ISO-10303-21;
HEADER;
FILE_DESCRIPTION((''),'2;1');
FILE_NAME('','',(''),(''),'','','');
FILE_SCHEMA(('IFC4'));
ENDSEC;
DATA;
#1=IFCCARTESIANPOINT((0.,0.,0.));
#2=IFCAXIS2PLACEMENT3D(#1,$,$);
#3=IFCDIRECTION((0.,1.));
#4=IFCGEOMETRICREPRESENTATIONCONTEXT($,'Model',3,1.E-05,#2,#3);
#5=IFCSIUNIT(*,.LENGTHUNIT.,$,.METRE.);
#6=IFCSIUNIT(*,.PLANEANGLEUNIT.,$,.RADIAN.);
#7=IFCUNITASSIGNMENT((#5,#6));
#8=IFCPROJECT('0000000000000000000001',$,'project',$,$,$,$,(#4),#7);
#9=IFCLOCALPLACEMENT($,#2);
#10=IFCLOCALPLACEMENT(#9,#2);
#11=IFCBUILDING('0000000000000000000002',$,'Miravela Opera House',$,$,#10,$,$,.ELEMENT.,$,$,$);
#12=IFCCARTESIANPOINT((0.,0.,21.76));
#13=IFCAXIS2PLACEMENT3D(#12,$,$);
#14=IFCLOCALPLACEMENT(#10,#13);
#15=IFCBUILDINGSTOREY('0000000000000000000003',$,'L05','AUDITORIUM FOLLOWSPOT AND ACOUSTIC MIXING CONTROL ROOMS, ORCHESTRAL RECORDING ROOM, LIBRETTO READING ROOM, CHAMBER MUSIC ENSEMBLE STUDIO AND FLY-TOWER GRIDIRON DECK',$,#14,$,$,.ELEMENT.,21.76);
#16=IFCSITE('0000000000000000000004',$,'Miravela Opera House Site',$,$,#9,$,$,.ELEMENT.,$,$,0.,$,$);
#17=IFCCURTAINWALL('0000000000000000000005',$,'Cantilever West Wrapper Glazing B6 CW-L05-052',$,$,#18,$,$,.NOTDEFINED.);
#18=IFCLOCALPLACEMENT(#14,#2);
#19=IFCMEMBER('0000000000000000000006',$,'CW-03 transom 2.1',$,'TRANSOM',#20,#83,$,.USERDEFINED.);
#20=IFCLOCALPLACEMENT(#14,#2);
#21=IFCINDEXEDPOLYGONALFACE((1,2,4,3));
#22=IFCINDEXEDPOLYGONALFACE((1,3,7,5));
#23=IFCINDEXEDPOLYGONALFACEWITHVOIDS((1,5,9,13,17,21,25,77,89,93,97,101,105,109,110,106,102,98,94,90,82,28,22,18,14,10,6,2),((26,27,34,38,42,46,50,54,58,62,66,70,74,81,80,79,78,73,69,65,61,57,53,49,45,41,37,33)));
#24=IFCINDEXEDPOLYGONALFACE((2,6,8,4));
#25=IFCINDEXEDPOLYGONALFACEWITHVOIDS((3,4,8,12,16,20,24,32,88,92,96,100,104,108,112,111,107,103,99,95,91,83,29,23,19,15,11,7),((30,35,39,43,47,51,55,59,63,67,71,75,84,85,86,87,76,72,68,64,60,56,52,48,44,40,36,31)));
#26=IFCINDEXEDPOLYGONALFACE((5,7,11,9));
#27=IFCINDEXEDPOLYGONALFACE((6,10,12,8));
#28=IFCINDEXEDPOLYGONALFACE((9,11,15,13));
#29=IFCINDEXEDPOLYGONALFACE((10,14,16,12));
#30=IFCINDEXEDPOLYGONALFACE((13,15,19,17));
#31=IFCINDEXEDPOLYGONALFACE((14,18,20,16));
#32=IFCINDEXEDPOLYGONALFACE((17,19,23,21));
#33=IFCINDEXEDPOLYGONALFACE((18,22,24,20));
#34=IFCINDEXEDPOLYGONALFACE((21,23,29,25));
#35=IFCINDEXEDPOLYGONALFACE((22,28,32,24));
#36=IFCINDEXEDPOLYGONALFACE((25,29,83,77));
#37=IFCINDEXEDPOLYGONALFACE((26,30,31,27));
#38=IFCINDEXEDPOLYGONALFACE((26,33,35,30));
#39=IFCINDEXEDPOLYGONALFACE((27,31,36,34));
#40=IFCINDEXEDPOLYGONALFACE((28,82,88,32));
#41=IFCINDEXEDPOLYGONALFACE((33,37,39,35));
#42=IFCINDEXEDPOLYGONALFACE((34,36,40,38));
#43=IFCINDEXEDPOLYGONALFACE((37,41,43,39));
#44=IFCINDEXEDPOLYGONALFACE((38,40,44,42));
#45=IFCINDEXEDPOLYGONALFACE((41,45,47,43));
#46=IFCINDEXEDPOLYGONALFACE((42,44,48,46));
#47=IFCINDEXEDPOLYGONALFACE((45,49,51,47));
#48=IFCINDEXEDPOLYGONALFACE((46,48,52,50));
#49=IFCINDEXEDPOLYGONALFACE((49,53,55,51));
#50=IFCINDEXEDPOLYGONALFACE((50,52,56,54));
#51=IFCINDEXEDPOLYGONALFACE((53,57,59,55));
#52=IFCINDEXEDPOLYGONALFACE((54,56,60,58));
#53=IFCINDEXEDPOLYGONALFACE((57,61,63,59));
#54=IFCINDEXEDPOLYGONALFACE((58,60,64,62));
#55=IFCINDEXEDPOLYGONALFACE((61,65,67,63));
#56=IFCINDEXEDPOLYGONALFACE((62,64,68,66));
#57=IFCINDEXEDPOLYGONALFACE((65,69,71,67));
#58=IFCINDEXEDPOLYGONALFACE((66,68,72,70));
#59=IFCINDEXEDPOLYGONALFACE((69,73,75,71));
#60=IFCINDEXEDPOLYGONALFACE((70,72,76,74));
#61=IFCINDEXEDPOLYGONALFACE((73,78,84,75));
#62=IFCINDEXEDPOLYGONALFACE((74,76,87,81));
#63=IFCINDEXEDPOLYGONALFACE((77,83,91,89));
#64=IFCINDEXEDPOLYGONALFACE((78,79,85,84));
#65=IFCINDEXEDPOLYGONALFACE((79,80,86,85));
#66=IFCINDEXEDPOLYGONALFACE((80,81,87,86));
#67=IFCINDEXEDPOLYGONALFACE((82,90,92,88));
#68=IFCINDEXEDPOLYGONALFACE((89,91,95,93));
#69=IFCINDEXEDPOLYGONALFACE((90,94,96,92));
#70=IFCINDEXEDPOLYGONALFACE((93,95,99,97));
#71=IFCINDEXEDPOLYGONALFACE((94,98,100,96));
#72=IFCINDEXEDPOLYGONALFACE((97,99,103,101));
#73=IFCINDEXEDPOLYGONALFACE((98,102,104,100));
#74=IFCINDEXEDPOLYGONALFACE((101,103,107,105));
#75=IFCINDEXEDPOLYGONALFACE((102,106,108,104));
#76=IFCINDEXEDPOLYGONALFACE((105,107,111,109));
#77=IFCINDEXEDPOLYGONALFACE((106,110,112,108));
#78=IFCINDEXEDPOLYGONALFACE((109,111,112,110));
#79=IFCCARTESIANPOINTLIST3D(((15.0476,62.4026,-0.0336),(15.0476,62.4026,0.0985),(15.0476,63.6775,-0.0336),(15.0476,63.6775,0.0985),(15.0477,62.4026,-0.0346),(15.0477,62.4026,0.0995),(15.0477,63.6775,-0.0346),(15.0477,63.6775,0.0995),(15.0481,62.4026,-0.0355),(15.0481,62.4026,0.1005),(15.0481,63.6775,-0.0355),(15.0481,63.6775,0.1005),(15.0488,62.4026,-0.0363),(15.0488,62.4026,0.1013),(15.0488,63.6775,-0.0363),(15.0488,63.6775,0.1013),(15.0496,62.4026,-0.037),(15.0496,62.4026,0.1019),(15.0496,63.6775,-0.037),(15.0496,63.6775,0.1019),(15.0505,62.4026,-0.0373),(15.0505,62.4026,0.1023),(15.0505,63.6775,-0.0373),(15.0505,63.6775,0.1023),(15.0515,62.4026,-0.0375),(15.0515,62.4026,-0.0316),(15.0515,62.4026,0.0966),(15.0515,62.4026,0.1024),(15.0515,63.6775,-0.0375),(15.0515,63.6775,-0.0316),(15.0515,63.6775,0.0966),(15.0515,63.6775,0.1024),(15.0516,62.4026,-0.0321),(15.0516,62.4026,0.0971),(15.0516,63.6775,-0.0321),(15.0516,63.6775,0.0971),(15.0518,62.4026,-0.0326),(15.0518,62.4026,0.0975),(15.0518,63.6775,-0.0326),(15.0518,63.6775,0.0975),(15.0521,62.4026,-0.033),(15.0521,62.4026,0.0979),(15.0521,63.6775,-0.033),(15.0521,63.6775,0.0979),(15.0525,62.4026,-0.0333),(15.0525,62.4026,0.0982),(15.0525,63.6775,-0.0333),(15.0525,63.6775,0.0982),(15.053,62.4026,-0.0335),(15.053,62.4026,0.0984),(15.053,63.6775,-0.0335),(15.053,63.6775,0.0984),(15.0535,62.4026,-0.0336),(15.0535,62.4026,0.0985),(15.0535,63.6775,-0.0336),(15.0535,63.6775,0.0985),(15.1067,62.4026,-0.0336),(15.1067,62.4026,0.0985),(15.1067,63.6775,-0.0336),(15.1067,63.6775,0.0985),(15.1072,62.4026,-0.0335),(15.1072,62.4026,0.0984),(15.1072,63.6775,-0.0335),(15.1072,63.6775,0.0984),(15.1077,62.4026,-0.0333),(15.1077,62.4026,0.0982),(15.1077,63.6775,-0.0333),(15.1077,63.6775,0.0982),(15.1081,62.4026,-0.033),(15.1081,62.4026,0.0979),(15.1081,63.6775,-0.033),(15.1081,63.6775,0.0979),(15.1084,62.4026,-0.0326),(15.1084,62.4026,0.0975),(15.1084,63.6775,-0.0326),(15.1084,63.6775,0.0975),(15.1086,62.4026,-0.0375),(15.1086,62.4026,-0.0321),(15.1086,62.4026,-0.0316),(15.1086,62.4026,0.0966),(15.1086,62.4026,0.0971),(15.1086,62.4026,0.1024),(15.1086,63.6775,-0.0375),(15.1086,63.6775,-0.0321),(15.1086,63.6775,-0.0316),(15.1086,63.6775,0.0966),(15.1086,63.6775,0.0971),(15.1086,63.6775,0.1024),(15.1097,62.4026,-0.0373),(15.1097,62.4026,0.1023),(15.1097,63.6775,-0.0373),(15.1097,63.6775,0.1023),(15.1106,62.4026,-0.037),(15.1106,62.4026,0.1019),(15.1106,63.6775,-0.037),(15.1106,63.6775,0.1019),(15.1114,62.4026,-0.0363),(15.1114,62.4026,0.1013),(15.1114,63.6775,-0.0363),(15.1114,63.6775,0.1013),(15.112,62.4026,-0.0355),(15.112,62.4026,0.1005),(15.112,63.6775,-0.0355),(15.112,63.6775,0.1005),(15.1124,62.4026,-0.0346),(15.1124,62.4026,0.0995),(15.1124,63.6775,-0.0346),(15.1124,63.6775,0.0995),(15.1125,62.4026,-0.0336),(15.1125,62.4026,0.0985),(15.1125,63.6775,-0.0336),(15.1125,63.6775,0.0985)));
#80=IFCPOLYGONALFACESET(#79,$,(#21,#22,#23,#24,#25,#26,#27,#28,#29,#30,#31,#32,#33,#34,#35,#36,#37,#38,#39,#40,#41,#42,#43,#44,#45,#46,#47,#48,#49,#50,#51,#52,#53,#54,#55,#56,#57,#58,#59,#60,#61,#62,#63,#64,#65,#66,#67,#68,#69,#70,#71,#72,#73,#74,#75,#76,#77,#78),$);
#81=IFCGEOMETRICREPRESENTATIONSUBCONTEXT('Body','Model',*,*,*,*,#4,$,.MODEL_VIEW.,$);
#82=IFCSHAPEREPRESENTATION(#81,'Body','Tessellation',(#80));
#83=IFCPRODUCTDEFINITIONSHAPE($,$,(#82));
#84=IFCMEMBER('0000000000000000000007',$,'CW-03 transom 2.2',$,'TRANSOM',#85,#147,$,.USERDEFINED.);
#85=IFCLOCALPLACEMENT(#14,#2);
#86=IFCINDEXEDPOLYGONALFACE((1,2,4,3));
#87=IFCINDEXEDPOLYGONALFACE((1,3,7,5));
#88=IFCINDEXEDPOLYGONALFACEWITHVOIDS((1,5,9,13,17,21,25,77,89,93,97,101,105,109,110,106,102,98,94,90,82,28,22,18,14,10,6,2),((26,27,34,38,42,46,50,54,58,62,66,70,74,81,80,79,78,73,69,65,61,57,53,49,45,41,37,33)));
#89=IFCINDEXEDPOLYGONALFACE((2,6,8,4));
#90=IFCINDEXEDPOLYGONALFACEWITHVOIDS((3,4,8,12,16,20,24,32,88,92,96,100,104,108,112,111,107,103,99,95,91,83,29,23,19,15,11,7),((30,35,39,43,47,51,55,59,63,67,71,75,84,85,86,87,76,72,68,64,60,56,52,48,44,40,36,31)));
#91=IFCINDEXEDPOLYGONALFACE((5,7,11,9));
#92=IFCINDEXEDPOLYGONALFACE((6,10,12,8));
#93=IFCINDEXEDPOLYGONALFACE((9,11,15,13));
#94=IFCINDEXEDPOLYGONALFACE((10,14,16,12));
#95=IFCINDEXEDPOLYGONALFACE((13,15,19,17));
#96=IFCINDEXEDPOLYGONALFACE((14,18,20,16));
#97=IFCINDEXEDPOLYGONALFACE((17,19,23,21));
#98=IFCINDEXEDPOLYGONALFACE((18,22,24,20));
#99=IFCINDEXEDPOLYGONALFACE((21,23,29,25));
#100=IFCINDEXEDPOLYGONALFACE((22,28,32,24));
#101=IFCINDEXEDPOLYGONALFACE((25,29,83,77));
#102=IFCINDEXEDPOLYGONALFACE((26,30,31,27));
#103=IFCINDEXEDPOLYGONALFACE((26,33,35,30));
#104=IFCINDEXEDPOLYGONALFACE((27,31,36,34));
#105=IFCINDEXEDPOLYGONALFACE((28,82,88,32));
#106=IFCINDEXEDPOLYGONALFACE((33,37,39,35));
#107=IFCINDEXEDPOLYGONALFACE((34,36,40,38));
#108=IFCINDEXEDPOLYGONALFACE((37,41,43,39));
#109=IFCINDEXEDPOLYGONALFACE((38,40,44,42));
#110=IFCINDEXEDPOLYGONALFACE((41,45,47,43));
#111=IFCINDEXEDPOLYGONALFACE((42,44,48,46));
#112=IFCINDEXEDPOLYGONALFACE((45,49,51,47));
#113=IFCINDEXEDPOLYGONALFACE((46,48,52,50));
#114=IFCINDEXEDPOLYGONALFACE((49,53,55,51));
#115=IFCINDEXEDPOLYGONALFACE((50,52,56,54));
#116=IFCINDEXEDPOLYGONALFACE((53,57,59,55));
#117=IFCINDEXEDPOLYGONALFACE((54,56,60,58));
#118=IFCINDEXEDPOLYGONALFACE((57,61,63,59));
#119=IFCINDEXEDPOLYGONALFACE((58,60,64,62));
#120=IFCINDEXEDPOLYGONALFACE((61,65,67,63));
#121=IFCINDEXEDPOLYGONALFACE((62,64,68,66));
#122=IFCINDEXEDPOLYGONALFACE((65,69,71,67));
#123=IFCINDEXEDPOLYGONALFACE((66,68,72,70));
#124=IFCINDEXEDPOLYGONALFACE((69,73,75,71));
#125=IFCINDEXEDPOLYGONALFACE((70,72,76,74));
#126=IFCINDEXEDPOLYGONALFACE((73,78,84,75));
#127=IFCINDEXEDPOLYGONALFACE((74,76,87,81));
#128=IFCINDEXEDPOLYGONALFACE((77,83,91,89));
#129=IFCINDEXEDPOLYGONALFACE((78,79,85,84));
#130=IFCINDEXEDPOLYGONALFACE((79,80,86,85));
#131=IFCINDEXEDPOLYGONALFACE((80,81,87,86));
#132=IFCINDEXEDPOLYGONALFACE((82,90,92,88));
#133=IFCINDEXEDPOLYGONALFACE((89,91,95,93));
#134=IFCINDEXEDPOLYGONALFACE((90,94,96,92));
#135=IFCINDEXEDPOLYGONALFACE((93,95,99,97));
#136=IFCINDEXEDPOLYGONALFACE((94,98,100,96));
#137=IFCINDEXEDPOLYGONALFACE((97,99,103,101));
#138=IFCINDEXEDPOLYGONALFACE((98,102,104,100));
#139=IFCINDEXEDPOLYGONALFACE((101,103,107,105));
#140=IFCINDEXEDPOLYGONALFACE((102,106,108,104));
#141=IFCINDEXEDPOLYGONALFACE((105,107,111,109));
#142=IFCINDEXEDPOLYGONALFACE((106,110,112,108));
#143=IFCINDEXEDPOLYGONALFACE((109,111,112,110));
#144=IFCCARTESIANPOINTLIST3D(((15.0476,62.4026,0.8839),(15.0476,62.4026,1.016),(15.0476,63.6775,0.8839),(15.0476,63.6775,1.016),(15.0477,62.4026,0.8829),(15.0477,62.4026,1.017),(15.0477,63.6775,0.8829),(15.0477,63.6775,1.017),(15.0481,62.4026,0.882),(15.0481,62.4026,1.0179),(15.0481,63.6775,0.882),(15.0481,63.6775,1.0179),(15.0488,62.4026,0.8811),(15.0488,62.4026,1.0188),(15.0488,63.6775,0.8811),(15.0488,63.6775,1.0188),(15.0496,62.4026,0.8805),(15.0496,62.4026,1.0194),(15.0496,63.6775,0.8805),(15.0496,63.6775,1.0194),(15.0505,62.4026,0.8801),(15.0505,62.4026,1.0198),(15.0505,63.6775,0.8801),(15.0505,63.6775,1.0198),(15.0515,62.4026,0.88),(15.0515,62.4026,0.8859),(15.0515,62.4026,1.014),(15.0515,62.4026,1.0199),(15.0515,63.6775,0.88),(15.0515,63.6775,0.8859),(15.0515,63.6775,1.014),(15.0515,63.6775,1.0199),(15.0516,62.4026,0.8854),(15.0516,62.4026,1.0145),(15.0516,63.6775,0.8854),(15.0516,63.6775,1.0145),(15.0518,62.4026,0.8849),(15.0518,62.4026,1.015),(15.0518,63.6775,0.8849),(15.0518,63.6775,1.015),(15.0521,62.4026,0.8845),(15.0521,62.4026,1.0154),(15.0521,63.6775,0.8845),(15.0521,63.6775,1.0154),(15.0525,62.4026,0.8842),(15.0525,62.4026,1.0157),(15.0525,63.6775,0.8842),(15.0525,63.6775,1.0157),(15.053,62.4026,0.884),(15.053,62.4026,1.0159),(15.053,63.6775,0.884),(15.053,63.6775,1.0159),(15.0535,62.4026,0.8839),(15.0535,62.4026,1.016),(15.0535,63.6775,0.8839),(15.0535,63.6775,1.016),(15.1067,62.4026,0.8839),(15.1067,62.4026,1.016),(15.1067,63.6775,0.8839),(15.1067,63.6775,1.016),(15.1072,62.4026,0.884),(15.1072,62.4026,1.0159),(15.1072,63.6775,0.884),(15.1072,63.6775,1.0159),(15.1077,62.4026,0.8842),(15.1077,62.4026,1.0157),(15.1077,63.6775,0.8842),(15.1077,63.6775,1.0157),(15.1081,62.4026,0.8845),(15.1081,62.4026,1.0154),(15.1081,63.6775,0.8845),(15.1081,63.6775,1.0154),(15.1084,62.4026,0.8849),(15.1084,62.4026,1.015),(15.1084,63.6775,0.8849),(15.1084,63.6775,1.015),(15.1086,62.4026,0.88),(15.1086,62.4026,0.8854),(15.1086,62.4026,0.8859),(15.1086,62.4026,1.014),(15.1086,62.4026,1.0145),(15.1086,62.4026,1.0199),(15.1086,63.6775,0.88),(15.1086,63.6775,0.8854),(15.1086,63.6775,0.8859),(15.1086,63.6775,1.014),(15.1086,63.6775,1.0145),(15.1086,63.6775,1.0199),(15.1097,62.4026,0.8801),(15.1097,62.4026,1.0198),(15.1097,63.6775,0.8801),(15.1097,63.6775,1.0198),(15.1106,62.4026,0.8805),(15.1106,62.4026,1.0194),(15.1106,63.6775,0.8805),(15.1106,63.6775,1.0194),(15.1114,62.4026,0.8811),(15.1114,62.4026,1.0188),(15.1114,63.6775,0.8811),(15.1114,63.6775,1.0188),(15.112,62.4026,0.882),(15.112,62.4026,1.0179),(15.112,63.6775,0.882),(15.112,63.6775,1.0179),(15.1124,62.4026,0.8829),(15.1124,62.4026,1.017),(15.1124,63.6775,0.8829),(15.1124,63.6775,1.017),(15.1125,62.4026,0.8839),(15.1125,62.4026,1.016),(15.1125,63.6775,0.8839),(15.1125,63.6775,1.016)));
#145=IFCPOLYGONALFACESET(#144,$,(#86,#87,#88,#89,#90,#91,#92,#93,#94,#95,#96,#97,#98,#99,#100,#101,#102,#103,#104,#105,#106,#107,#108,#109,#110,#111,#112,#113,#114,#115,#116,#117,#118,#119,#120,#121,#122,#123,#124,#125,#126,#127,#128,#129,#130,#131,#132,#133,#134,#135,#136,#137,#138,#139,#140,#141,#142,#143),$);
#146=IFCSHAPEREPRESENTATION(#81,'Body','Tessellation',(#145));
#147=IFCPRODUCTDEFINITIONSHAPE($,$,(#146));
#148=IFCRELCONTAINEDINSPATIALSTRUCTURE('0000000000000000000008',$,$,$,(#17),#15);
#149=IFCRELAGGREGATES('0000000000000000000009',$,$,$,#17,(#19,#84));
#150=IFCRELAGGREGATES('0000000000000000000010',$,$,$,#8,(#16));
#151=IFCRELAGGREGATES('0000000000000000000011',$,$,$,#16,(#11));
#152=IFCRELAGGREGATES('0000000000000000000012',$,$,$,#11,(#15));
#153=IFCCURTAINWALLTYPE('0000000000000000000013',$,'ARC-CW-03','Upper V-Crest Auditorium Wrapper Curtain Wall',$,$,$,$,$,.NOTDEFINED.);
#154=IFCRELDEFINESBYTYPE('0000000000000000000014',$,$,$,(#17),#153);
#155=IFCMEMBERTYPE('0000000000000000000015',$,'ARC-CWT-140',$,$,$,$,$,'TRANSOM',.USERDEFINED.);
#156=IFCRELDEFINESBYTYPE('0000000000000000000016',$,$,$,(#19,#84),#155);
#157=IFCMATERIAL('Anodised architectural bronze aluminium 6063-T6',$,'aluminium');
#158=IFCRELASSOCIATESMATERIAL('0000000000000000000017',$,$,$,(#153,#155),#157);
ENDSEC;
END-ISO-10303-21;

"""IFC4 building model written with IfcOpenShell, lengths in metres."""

from ifc_helpers import new_model, si_unit, direction, frame, origin, origin_2d, place, context, subcontext, project, spatial, hollow_rectangle, extrude, material, material_profile, profile_set, type_object, element, aggregate, save


model = new_model("IFC4")

# Units and contexts
model_context = context("Model", 3, precision=1e-05, world=origin(), true_north=direction((0.0, 1.0)))
body_context = subcontext(model_context, "Body", "Model", "MODEL_VIEW")
ifc_project = project(units=[si_unit("LENGTHUNIT", "METRE"), si_unit("PLANEANGLEUNIT", "RADIAN")], contexts=[model_context])

# Site, building, storey
site_placement = place(None, origin())
site = spatial("IfcSite", under=ifc_project, at=site_placement, Name="Miravela Opera House Site", CompositionType="ELEMENT", RefElevation=0.0)
building_placement = place(site_placement, origin())
building = spatial("IfcBuilding", under=site, at=building_placement, Name="Miravela Opera House", CompositionType="ELEMENT")
storey_placement = place(building_placement, frame((0.0, 0.0, 21.76)))
storey = spatial("IfcBuildingStorey", under=building, at=storey_placement, Name="L05", Description="AUDITORIUM FOLLOWSPOT AND ACOUSTIC MIXING CONTROL ROOMS, ORCHESTRAL RECORDING ROOM, LIBRETTO READING ROOM, CHAMBER MUSIC ENSEMBLE STUDIO AND FLY-TOWER GRIDIRON DECK", CompositionType="ELEMENT", Elevation=21.76)

# Curtain wall
ifc_material_1 = material(Name="Anodised architectural bronze aluminium 6063-T6", Category="aluminium")
curtain_wall_type = type_object("IfcCurtainWallType", Name="ARC-CW-03", Description="Upper V-Crest Auditorium Wrapper Curtain Wall", PredefinedType="NOTDEFINED", material=ifc_material_1)
curtain_wall_1_placement = place(storey_placement, origin())
curtain_wall_1 = element("IfcCurtainWall", 1, at=curtain_wall_1_placement, inside=storey, type_object=curtain_wall_type, Name="Cantilever West Wrapper Glazing B6 CW-L05-052", PredefinedType="NOTDEFINED")

# Members
ifc_material_profile_1 = material_profile(ifc_material_1, hollow_rectangle(XDim=0.0649, YDim=0.1399, WallThickness=0.0039, InnerFilletRadius=0.002, OuterFilletRadius=0.0039, at=origin_2d()), Name="CWT-65X140")
ifc_profile_set_1 = profile_set([ifc_material_profile_1])
member_type_1 = type_object("IfcMemberType", Name="ARC-CWT-140", ElementType="TRANSOM", PredefinedType="USERDEFINED", material=ifc_profile_set_1)
member_1_placement = place(storey_placement, frame((15.0801, 62.4026, 0.0325), z_axis=(0.0, 1.0, 0.0), x_axis=(-1.0, 0.0, 0.0)))
member_1 = element("IfcMember", 2, at=member_1_placement, type_object=member_type_1, Name="CW-03 transom 2.1", ObjectType="TRANSOM", PredefinedType="USERDEFINED", context=body_context, shape_type="SweptSolid", body=[
    extrude(hollow_rectangle(XDim=0.0649, YDim=0.1399, WallThickness=0.0039, InnerFilletRadius=0.002, OuterFilletRadius=0.0039, at=origin_2d()), origin(), (0.0, 0.0, 1.0), 1.2749),
])
member_2_placement = place(storey_placement, frame((15.0801, 62.4026, 0.95), z_axis=(0.0, 1.0, 0.0), x_axis=(-1.0, 0.0, 0.0)))
member_2 = element("IfcMember", 3, at=member_2_placement, type_object=member_type_1, Name="CW-03 transom 2.2", ObjectType="TRANSOM", PredefinedType="USERDEFINED", context=body_context, shape_type="SweptSolid", body=[
    extrude(hollow_rectangle(XDim=0.0649, YDim=0.1399, WallThickness=0.0039, InnerFilletRadius=0.002, OuterFilletRadius=0.0039, at=origin_2d()), origin(), (0.0, 0.0, 1.0), 1.2749),
])

aggregate(curtain_wall_1, [member_1, member_2])

save(model, "model.ifc")
